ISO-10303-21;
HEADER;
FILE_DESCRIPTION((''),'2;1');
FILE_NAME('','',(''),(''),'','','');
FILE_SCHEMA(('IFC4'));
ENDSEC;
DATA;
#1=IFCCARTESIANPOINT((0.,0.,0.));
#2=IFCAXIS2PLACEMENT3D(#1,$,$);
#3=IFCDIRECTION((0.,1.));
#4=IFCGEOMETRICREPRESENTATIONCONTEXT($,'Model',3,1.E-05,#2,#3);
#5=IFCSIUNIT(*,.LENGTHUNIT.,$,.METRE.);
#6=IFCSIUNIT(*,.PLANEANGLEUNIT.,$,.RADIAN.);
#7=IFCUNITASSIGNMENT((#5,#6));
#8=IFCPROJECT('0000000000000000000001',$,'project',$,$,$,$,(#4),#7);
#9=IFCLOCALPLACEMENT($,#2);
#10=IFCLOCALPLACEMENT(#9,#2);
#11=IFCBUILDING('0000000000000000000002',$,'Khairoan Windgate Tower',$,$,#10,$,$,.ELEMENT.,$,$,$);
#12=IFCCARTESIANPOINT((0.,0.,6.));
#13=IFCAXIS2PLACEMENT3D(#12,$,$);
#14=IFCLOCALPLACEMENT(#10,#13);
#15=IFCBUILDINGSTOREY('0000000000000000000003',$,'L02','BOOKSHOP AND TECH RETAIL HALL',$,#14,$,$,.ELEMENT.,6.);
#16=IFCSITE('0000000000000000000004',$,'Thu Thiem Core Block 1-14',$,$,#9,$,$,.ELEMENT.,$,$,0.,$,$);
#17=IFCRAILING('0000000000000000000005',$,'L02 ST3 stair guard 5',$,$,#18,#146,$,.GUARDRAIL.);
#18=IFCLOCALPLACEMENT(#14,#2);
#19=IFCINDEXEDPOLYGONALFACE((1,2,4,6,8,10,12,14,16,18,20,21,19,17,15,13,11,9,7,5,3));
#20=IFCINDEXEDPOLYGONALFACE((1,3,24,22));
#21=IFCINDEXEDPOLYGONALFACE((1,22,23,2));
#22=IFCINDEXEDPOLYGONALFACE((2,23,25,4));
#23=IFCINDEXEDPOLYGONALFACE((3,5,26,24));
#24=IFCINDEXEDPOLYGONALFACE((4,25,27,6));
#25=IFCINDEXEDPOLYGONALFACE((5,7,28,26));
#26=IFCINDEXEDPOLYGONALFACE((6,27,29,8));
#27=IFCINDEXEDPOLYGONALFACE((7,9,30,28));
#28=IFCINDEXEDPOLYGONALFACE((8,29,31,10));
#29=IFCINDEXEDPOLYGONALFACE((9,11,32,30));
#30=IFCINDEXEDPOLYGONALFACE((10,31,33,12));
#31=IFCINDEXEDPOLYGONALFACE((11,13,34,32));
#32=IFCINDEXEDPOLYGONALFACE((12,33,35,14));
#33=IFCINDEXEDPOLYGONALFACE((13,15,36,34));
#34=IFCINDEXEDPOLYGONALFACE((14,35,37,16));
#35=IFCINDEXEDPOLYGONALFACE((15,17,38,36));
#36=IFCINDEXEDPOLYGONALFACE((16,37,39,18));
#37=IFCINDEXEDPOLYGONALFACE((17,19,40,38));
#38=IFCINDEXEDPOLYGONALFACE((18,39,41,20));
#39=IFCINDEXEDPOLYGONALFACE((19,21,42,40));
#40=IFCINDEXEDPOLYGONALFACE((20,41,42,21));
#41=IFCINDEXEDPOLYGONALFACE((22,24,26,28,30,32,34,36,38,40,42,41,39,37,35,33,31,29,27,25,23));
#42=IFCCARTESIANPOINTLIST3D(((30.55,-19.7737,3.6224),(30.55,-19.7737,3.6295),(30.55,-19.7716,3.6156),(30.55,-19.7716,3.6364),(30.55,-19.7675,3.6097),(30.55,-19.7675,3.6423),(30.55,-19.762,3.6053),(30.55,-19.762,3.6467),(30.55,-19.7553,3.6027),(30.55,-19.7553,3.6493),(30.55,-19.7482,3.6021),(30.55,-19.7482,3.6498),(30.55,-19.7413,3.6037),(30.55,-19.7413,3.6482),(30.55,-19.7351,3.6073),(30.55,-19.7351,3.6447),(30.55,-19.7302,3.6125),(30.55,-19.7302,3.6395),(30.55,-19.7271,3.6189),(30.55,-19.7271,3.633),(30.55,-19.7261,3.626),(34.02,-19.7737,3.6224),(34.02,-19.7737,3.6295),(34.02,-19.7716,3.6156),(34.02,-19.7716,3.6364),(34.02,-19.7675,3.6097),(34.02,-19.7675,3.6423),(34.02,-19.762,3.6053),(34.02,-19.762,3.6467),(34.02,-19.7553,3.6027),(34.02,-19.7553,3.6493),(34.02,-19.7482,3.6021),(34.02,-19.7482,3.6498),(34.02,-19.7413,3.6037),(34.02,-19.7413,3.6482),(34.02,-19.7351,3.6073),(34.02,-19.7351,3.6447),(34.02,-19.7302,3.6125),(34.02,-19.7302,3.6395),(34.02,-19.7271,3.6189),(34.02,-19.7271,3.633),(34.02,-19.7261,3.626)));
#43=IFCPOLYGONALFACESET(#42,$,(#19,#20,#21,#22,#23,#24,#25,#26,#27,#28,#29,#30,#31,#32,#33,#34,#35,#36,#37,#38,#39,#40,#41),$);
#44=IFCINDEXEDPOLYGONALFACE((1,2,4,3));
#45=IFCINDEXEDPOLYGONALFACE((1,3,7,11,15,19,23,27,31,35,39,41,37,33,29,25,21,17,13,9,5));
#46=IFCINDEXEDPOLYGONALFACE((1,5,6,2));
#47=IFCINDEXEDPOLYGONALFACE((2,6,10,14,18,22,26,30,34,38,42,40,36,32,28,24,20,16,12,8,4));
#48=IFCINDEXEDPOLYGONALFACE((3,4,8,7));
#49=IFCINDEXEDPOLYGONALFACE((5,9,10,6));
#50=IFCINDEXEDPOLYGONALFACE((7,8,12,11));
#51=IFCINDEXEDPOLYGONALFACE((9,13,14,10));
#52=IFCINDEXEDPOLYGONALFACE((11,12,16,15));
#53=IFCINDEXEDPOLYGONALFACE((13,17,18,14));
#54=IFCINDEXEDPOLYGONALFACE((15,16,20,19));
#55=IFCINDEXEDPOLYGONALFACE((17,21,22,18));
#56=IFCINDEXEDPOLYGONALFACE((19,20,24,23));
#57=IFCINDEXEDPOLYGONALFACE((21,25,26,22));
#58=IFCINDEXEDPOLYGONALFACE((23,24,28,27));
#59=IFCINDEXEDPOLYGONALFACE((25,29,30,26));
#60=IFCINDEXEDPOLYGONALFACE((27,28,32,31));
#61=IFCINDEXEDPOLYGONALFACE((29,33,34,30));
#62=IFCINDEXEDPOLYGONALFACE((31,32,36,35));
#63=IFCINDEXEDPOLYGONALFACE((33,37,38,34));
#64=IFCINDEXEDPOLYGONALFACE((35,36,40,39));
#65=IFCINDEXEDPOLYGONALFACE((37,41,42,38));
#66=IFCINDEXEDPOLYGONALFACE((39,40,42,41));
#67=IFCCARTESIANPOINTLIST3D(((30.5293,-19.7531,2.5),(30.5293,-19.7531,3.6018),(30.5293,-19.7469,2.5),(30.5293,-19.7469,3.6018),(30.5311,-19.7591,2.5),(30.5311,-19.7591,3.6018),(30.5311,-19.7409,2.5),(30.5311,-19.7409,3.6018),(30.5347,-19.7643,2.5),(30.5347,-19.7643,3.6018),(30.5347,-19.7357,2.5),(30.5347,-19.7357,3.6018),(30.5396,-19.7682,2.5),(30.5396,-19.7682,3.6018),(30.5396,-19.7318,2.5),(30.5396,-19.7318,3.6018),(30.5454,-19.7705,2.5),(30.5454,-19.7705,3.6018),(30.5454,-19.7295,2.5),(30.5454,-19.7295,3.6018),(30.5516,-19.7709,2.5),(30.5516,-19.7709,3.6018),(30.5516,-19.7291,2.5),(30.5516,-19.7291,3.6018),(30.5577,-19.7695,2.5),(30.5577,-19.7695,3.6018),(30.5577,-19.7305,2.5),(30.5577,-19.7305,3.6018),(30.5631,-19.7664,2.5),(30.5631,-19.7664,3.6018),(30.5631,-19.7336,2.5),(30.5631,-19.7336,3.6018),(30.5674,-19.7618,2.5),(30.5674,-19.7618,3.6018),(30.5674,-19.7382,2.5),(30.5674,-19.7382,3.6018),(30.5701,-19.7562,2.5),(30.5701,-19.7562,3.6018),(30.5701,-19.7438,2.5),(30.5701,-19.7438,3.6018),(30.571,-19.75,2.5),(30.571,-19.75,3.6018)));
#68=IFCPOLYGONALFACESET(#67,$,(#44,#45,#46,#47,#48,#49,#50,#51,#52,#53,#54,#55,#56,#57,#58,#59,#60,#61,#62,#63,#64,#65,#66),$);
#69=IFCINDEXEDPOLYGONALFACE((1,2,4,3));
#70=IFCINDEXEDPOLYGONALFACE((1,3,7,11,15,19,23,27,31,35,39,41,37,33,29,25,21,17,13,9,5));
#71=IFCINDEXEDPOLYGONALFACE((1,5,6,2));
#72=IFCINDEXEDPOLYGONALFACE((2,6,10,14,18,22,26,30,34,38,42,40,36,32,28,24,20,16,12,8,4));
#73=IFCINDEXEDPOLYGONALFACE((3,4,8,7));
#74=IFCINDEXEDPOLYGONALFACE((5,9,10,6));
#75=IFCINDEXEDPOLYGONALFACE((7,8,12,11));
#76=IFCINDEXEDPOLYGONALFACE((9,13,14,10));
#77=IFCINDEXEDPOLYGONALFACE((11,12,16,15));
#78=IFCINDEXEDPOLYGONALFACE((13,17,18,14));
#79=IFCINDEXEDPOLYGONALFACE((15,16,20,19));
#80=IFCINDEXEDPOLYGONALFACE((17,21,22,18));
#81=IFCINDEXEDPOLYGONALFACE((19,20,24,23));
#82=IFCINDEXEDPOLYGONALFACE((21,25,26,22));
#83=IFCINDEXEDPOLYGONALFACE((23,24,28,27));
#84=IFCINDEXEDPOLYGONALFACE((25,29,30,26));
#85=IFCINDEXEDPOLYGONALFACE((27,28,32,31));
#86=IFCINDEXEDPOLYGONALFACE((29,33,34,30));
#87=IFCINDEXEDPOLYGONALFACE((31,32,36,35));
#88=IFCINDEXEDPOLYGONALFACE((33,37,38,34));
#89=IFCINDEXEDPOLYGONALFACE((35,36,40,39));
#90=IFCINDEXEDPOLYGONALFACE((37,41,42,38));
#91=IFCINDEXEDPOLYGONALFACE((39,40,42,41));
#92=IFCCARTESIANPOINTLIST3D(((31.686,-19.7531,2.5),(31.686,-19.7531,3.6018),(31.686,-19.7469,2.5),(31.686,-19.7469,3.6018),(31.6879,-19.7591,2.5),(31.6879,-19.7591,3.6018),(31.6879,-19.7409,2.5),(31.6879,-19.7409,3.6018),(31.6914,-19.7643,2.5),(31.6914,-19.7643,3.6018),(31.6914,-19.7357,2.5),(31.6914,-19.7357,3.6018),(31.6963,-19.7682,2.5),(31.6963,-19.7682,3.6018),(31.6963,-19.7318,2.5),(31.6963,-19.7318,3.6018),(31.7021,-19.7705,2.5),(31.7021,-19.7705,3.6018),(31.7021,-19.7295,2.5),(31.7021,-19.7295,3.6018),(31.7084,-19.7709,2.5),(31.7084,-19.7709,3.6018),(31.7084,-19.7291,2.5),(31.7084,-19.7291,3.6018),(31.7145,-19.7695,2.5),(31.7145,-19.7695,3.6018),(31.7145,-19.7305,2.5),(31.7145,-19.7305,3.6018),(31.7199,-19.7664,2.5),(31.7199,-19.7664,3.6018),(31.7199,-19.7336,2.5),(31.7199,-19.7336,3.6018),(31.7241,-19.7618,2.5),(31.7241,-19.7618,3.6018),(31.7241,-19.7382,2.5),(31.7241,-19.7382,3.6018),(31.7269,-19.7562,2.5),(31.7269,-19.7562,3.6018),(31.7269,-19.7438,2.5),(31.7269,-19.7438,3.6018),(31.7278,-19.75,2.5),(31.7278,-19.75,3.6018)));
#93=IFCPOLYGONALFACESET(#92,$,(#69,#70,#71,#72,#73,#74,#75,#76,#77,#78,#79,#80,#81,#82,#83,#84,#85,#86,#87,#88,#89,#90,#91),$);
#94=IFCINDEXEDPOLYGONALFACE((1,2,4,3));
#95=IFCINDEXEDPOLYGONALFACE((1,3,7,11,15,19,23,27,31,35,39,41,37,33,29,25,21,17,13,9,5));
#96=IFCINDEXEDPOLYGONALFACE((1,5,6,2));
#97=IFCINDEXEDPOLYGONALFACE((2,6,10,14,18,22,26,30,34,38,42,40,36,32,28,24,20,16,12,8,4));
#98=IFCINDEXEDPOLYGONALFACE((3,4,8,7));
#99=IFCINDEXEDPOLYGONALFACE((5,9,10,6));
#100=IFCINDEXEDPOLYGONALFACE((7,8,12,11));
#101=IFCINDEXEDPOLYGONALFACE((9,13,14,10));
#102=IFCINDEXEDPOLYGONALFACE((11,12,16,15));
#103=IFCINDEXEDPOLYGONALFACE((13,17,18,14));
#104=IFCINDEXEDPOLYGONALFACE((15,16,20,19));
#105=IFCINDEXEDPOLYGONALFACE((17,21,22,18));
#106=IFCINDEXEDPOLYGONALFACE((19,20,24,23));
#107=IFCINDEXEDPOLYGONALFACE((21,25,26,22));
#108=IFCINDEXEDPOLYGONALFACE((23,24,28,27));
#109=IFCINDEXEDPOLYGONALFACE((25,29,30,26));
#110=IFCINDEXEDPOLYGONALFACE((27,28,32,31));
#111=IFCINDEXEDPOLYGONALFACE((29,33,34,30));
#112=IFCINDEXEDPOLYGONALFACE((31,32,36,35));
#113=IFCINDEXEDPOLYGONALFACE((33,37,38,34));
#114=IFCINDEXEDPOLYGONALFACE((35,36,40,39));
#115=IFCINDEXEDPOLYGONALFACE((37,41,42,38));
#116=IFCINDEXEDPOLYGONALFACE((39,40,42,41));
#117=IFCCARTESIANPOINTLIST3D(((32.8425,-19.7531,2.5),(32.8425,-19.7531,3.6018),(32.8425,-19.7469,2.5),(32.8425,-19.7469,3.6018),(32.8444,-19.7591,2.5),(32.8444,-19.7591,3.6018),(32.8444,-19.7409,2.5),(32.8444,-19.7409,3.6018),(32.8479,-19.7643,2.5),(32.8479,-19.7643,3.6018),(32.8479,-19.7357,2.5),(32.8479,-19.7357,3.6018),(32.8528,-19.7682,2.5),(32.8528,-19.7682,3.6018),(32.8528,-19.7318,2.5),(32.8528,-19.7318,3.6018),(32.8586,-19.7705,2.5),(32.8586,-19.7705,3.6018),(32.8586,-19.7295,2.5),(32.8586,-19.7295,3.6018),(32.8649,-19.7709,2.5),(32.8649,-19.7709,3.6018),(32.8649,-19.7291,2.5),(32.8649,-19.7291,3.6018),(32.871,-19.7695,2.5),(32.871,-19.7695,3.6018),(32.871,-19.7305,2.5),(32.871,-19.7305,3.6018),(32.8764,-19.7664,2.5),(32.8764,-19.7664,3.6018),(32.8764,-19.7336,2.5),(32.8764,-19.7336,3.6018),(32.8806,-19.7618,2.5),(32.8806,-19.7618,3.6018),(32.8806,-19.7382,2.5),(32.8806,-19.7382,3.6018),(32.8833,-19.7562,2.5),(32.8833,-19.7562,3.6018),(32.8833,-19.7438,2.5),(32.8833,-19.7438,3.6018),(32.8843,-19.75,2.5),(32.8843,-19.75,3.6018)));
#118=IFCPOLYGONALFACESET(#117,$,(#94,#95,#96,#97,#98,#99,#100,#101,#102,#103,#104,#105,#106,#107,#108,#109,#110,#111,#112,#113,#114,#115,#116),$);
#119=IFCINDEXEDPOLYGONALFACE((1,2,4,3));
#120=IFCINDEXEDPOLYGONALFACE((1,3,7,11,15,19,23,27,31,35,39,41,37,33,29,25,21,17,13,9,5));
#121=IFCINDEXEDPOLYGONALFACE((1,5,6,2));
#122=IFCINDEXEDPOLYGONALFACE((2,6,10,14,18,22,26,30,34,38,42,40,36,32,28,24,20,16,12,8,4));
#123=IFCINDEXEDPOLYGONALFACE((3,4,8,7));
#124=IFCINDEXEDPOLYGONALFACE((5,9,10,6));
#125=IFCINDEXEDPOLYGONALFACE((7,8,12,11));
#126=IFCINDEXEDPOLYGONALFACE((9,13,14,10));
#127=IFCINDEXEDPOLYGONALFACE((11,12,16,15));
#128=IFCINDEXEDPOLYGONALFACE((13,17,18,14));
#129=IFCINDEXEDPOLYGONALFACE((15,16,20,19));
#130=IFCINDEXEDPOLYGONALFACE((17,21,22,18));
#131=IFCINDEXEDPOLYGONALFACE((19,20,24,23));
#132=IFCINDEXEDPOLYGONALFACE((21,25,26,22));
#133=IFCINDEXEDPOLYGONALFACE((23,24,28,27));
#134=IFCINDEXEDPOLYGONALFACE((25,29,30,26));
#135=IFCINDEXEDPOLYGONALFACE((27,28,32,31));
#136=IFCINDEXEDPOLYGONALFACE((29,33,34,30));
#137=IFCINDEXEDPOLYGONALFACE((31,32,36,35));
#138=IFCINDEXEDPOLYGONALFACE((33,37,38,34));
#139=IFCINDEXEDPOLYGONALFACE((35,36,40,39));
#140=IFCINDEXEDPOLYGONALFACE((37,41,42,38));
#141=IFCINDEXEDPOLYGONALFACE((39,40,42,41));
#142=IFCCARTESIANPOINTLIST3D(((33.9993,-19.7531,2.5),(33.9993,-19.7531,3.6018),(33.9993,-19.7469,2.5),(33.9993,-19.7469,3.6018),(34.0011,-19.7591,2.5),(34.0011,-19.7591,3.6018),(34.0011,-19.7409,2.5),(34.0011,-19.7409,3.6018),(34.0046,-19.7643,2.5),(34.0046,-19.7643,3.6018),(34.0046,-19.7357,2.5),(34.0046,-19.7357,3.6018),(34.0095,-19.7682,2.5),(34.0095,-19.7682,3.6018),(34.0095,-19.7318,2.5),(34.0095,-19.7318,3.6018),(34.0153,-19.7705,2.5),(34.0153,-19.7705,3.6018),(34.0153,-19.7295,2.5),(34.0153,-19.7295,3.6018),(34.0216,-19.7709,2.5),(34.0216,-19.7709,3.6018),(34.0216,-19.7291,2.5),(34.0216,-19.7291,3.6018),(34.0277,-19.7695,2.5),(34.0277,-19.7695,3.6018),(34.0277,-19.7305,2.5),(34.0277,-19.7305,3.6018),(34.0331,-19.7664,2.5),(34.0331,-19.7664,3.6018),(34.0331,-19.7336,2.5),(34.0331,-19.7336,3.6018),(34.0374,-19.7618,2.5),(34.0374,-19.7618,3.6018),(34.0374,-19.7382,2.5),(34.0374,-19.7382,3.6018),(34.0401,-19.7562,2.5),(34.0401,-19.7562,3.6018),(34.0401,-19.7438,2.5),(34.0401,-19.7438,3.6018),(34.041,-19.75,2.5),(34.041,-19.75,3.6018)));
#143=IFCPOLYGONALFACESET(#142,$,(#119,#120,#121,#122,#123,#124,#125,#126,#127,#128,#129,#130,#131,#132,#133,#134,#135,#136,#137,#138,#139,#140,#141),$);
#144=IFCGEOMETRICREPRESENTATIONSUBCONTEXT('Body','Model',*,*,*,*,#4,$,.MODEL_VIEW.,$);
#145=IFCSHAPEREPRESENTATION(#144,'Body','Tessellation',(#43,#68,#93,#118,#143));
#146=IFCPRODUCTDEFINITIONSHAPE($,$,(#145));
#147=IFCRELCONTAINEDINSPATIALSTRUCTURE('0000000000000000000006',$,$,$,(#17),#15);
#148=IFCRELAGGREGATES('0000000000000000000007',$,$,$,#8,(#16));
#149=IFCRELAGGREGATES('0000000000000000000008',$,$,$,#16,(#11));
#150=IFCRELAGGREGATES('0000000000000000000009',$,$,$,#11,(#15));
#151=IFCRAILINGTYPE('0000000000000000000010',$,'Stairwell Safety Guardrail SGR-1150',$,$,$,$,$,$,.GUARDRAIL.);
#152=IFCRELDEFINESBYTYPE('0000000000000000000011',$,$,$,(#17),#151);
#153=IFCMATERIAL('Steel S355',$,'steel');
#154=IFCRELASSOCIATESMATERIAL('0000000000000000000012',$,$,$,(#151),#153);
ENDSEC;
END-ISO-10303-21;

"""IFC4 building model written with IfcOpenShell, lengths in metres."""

from ifc_helpers import new_model, si_unit, direction, frame, origin, origin_2d, place, context, subcontext, project, spatial, circle, extrude, material, type_object, element, save


model = new_model("IFC4")

# Units and contexts
model_context = context("Model", 3, precision=1e-05, world=origin(), true_north=direction((0.0, 1.0)))
body_context = subcontext(model_context, "Body", "Model", "MODEL_VIEW")
ifc_project = project(units=[si_unit("LENGTHUNIT", "METRE"), si_unit("PLANEANGLEUNIT", "RADIAN")], contexts=[model_context])

# Site, building, storey
site_placement = place(None, origin())
site = spatial("IfcSite", under=ifc_project, at=site_placement, Name="Thu Thiem Core Block 1-14", CompositionType="ELEMENT", RefElevation=0.0)
building_placement = place(site_placement, origin())
building = spatial("IfcBuilding", under=site, at=building_placement, Name="Khairoan Windgate Tower", CompositionType="ELEMENT")
storey_placement = place(building_placement, frame((0.0, 0.0, 6.0)))
storey = spatial("IfcBuildingStorey", under=building, at=storey_placement, Name="L02", Description="BOOKSHOP AND TECH RETAIL HALL", CompositionType="ELEMENT", Elevation=6.0)

# Railing
ifc_material_1 = material(Name="Steel S355", Category="steel")
railing_type_1 = type_object("IfcRailingType", Name="Stairwell Safety Guardrail SGR-1150", PredefinedType="GUARDRAIL", material=ifc_material_1)
railing_1_placement = place(storey_placement, frame((30.55, -19.75, 2.5)))
element("IfcRailing", 1, at=railing_1_placement, inside=storey, type_object=railing_type_1, Name="L02 ST3 stair guard 5", PredefinedType="GUARDRAIL", context=body_context, shape_type="SweptSolid", body=[
    extrude(circle(Radius=0.0239, at=origin_2d()), frame((0.0, 0.0, 1.126), z_axis=(1.0, 0.0, 0.0), x_axis=(0.0, 1.0, 0.0)), (0.0, 0.0, 1.0), 3.47),
    extrude(circle(Radius=0.021, at=origin_2d()), origin(), (0.0, 0.0, 1.0), 1.1018),
    extrude(circle(Radius=0.021, at=origin_2d()), frame((1.1567, 0.0, 0.0)), (0.0, 0.0, 1.0), 1.1018),
    extrude(circle(Radius=0.021, at=origin_2d()), frame((2.3132, 0.0, 0.0)), (0.0, 0.0, 1.0), 1.1018),
    extrude(circle(Radius=0.021, at=origin_2d()), frame((3.47, 0.0, 0.0)), (0.0, 0.0, 1.0), 1.1018),
])

save(model, "model.ifc")
